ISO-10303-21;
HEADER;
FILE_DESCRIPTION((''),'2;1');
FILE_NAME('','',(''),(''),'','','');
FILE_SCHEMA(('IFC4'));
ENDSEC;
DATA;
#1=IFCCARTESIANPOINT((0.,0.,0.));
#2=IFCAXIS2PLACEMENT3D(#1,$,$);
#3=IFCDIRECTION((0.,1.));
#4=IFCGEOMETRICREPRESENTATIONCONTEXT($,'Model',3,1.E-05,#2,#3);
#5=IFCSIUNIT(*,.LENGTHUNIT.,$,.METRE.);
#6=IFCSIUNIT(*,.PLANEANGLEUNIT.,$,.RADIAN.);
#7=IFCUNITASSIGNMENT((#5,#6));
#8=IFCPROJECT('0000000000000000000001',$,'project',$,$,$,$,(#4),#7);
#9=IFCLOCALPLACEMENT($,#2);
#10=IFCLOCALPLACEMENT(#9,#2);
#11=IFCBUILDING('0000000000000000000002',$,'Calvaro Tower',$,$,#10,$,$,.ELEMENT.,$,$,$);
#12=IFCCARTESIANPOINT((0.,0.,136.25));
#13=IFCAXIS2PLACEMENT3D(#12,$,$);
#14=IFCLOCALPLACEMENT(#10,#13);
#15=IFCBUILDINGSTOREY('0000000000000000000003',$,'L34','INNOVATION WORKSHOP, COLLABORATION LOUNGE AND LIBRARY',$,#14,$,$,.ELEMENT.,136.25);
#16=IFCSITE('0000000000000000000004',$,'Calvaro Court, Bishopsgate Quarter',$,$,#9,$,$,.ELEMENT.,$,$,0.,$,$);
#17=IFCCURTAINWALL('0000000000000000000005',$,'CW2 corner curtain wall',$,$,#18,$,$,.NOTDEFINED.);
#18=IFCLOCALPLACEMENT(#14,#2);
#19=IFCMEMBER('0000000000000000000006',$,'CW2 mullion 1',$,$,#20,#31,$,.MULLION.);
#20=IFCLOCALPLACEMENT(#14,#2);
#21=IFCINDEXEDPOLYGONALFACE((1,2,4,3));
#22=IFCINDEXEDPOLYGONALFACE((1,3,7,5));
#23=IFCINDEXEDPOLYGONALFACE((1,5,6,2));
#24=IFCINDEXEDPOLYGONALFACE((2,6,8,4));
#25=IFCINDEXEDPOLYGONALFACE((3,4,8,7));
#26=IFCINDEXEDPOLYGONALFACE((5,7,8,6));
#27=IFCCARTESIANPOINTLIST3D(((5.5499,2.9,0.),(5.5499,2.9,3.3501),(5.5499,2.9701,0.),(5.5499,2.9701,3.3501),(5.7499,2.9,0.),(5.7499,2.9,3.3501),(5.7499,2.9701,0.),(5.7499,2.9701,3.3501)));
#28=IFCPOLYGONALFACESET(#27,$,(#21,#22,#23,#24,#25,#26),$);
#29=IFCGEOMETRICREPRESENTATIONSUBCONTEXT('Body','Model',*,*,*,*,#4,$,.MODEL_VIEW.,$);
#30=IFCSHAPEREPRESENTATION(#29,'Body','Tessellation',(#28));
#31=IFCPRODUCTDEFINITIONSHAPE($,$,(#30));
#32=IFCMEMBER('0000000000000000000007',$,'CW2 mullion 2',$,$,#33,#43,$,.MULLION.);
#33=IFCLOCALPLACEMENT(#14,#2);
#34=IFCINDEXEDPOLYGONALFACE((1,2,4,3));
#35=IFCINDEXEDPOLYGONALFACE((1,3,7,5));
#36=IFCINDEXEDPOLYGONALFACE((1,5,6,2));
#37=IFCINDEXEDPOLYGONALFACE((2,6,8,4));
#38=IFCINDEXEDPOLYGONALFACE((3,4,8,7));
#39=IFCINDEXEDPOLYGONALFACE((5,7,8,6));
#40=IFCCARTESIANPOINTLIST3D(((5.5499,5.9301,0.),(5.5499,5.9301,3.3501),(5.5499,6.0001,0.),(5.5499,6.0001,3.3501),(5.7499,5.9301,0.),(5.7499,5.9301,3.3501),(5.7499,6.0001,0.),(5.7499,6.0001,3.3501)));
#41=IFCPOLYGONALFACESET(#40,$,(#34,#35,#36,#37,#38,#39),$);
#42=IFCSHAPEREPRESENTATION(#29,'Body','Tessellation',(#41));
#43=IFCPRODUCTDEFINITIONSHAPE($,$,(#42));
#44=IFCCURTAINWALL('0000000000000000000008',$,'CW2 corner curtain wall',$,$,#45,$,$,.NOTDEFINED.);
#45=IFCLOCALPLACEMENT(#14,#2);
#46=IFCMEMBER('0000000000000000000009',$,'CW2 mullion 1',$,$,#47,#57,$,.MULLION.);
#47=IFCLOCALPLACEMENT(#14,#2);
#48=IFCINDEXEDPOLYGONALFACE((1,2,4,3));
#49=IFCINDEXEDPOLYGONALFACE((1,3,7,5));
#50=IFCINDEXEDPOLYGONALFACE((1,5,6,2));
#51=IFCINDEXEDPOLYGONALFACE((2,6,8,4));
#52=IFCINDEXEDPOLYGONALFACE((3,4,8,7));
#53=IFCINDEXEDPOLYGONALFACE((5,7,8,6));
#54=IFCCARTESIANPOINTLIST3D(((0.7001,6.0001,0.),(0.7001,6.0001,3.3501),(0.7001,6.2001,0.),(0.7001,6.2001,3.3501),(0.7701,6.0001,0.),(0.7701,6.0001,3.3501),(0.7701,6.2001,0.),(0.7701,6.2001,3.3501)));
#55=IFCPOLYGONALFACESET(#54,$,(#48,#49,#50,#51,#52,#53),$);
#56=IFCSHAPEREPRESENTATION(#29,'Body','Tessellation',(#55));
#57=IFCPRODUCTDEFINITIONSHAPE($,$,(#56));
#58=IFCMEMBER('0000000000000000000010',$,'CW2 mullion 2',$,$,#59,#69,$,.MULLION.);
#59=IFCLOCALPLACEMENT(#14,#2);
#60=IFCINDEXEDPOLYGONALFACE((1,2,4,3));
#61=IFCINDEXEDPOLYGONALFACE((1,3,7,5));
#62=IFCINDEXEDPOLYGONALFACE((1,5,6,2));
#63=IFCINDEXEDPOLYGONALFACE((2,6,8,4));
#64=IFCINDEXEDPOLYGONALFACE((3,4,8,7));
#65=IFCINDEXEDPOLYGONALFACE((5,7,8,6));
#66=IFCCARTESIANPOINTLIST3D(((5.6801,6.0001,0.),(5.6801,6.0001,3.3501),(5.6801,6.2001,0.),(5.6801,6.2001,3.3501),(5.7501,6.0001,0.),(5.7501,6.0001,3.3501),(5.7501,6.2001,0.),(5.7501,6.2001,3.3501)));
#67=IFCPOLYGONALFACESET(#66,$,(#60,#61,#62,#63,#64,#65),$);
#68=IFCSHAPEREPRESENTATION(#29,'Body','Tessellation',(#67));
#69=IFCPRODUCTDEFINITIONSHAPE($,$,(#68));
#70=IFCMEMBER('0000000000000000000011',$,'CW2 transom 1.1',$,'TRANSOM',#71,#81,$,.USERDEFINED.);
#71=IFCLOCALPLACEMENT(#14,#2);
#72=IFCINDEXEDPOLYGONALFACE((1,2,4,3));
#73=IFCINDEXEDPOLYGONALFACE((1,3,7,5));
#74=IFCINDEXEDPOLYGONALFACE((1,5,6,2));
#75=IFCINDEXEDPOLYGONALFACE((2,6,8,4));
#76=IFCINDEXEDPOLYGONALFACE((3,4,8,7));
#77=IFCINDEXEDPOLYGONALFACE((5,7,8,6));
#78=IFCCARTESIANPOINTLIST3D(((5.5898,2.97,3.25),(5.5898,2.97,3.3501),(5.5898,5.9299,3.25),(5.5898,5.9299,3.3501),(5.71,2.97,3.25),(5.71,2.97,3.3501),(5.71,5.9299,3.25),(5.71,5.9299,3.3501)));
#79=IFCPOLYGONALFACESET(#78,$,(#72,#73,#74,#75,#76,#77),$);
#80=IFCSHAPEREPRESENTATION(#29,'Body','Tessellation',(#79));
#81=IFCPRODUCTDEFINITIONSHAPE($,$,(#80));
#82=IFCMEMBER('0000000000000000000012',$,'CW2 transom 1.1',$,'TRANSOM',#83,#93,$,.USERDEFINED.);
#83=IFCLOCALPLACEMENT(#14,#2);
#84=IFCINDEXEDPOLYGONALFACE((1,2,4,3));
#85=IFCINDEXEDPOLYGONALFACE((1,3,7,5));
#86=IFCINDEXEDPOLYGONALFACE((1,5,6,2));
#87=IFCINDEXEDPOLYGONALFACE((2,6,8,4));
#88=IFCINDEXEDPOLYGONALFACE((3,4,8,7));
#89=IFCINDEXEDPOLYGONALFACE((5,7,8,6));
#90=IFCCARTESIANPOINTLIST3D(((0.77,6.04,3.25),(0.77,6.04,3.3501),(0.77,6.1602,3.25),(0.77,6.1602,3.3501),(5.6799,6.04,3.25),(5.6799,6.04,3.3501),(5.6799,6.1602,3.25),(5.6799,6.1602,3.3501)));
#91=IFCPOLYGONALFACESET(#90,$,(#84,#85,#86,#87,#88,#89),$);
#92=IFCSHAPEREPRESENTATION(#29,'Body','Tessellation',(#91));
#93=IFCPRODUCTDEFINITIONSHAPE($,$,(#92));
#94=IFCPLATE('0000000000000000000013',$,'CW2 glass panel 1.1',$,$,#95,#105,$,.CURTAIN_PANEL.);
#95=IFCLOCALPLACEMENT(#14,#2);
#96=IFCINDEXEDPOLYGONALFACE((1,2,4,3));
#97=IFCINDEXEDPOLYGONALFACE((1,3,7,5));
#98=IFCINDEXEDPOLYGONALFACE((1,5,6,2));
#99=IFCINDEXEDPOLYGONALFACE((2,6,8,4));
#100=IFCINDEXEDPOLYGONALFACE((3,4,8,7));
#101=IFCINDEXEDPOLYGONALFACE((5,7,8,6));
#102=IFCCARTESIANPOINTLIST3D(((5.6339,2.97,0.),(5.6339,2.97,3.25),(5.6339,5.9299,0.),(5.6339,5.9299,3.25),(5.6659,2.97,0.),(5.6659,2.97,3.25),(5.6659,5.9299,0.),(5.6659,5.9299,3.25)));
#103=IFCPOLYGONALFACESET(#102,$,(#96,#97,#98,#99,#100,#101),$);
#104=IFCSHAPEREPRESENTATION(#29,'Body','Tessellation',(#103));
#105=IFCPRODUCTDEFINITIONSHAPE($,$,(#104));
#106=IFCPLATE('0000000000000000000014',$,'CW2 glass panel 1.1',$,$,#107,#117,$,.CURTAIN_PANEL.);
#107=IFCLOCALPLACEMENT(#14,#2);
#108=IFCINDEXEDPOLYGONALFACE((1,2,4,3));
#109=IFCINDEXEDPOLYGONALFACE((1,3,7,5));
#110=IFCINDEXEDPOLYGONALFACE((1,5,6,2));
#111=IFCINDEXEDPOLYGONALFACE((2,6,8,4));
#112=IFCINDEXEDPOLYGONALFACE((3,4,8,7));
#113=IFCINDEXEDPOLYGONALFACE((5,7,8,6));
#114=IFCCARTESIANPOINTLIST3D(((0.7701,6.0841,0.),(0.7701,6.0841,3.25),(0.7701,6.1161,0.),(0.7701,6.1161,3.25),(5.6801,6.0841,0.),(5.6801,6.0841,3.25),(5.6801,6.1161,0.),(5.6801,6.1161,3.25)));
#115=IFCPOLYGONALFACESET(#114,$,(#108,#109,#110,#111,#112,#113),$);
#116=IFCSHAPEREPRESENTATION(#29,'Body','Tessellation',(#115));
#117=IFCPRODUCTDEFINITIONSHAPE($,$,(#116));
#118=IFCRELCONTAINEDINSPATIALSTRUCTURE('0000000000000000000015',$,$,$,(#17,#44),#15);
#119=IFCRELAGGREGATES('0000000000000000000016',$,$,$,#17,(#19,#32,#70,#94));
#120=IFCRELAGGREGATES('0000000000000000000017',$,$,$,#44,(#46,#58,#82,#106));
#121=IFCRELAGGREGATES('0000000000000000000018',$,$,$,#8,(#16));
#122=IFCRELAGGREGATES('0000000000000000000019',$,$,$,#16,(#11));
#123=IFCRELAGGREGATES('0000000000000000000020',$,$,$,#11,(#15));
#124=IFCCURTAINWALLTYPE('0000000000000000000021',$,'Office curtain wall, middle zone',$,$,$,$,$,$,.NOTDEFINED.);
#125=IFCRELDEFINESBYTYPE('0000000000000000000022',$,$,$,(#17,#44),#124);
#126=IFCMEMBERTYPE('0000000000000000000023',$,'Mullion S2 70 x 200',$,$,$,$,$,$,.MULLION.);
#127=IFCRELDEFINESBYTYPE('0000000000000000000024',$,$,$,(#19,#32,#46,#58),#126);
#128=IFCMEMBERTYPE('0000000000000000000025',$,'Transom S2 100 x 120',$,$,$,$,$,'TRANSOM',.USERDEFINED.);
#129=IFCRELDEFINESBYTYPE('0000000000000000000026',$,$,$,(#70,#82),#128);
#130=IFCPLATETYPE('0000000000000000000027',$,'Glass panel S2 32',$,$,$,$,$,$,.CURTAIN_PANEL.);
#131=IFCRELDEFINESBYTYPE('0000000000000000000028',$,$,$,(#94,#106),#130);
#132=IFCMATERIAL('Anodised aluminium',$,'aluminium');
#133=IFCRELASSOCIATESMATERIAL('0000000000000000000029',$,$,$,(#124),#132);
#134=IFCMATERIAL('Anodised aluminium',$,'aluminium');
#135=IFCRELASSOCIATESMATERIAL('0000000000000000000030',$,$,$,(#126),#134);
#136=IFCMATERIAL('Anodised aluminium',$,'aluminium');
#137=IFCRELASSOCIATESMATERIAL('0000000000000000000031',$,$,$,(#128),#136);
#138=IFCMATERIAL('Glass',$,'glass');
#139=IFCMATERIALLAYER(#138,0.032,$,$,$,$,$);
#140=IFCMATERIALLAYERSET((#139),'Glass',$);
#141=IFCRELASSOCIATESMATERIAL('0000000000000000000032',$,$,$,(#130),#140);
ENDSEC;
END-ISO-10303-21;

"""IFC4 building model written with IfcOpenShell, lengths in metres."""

from ifc_helpers import new_model, si_unit, direction, frame, origin, origin_2d, place, context, subcontext, project, spatial, rectangle, extrude, material, layer, layer_set, material_profile, profile_set, type_object, element, aggregate, save


model = new_model("IFC4")

# Units and contexts
model_context = context("Model", 3, precision=1e-05, world=origin(), true_north=direction((0.0, 1.0)))
body_context = subcontext(model_context, "Body", "Model", "MODEL_VIEW")
ifc_project = project(units=[si_unit("LENGTHUNIT", "METRE"), si_unit("PLANEANGLEUNIT", "RADIAN")], contexts=[model_context])

# Site, building, storey
site_placement = place(None, origin())
site = spatial("IfcSite", under=ifc_project, at=site_placement, Name="Calvaro Court, Bishopsgate Quarter", CompositionType="ELEMENT", RefElevation=0.0)
building_placement = place(site_placement, origin())
building = spatial("IfcBuilding", under=site, at=building_placement, Name="Calvaro Tower", CompositionType="ELEMENT")
storey_placement = place(building_placement, frame((0.0, 0.0, 136.25)))
storey = spatial("IfcBuildingStorey", under=building, at=storey_placement, Name="L34", Description="INNOVATION WORKSHOP, COLLABORATION LOUNGE AND LIBRARY", CompositionType="ELEMENT", Elevation=136.25)

# Curtain walls, members
ifc_material_1 = material(Name="Anodised aluminium", Category="aluminium")
curtain_wall_type = type_object("IfcCurtainWallType", Name="Office curtain wall, middle zone", PredefinedType="NOTDEFINED", material=ifc_material_1)
curtain_wall_1_placement = place(storey_placement, origin())
curtain_wall_1 = element("IfcCurtainWall", 1, at=curtain_wall_1_placement, inside=storey, type_object=curtain_wall_type, Name="CW2 corner curtain wall", PredefinedType="NOTDEFINED")
ifc_material_2 = material(Name="Anodised aluminium", Category="aluminium")
ifc_material_profile_1 = material_profile(ifc_material_2, rectangle(XDim=0.2, YDim=0.0701, at=origin_2d()), Name="Mullion S2 70 x 200")
ifc_profile_set_1 = profile_set([ifc_material_profile_1], Name="Anodised aluminium")
member_type_1 = type_object("IfcMemberType", Name="Mullion S2 70 x 200", PredefinedType="MULLION", material=ifc_profile_set_1)
member_1_placement = place(storey_placement, frame((5.6499, 2.9351, 0.0), z_axis=(0.0, 0.0, 1.0), x_axis=(-1.0, 0.0, 0.0)))
member_1 = element("IfcMember", 2, at=member_1_placement, type_object=member_type_1, Name="CW2 mullion 1", PredefinedType="MULLION", context=body_context, shape_type="SweptSolid", body=[
    extrude(rectangle(XDim=0.2, YDim=0.0701, at=origin_2d()), origin(), (0.0, 0.0, 1.0), 3.3501),
])
member_2_placement = place(storey_placement, frame((5.6499, 5.9651, 0.0), z_axis=(0.0, 0.0, 1.0), x_axis=(-1.0, 0.0, 0.0)))
member_2 = element("IfcMember", 3, at=member_2_placement, type_object=member_type_1, Name="CW2 mullion 2", PredefinedType="MULLION", context=body_context, shape_type="SweptSolid", body=[
    extrude(rectangle(XDim=0.2, YDim=0.0701, at=origin_2d()), origin(), (0.0, 0.0, 1.0), 3.3501),
])
curtain_wall_2_placement = place(storey_placement, origin())
curtain_wall_2 = element("IfcCurtainWall", 4, at=curtain_wall_2_placement, inside=storey, type_object=curtain_wall_type, Name="CW2 corner curtain wall", PredefinedType="NOTDEFINED")
member_3_placement = place(storey_placement, frame((0.7351, 6.1001, 0.0), z_axis=(0.0, 0.0, 1.0), x_axis=(0.0, 1.0, 0.0)))
member_3 = element("IfcMember", 5, at=member_3_placement, type_object=member_type_1, Name="CW2 mullion 1", PredefinedType="MULLION", context=body_context, shape_type="SweptSolid", body=[
    extrude(rectangle(XDim=0.2, YDim=0.0701, at=origin_2d()), origin(), (0.0, 0.0, 1.0), 3.3501),
])
member_4_placement = place(storey_placement, frame((5.7151, 6.1001, 0.0), z_axis=(0.0, 0.0, 1.0), x_axis=(0.0, 1.0, 0.0)))
member_4 = element("IfcMember", 6, at=member_4_placement, type_object=member_type_1, Name="CW2 mullion 2", PredefinedType="MULLION", context=body_context, shape_type="SweptSolid", body=[
    extrude(rectangle(XDim=0.2, YDim=0.0701, at=origin_2d()), origin(), (0.0, 0.0, 1.0), 3.3501),
])

# Members
ifc_material_3 = material(Name="Anodised aluminium", Category="aluminium")
ifc_material_profile_2 = material_profile(ifc_material_3, rectangle(XDim=0.1201, YDim=0.1001, at=origin_2d()), Name="Transom S2 100 x 120")
ifc_profile_set_2 = profile_set([ifc_material_profile_2], Name="Anodised aluminium")
member_type_2 = type_object("IfcMemberType", Name="Transom S2 100 x 120", ElementType="TRANSOM", PredefinedType="USERDEFINED", material=ifc_profile_set_2)
member_5_placement = place(storey_placement, frame((5.6499, 2.97, 3.3), z_axis=(0.0, 1.0, 0.0), x_axis=(-1.0, 0.0, 0.0)))
member_5 = element("IfcMember", 7, at=member_5_placement, type_object=member_type_2, Name="CW2 transom 1.1", ObjectType="TRANSOM", PredefinedType="USERDEFINED", context=body_context, shape_type="SweptSolid", body=[
    extrude(rectangle(XDim=0.1201, YDim=0.1001, at=origin_2d()), origin(), (0.0, 0.0, 1.0), 2.96),
])
member_6_placement = place(storey_placement, frame((0.77, 6.1001, 3.3), z_axis=(1.0, 0.0, 0.0), x_axis=(0.0, 1.0, 0.0)))
member_6 = element("IfcMember", 8, at=member_6_placement, type_object=member_type_2, Name="CW2 transom 1.1", ObjectType="TRANSOM", PredefinedType="USERDEFINED", context=body_context, shape_type="SweptSolid", body=[
    extrude(rectangle(XDim=0.1201, YDim=0.1001, at=origin_2d()), origin(), (0.0, 0.0, 1.0), 4.9099),
])

# Plates
ifc_material_4 = material(Name="Glass", Category="glass")
ifc_layer_1 = layer(ifc_material_4, 0.032)
ifc_layer_set_1 = layer_set([ifc_layer_1], Name="Glass")
plate_type = type_object("IfcPlateType", Name="Glass panel S2 32", PredefinedType="CURTAIN_PANEL", material=ifc_layer_set_1)
plate_1_placement = place(storey_placement, frame((5.6499, 4.45, 0.0), z_axis=(0.0, 0.0, 1.0), x_axis=(0.0, 1.0, 0.0)))
plate_1 = element("IfcPlate", 9, at=plate_1_placement, type_object=plate_type, Name="CW2 glass panel 1.1", PredefinedType="CURTAIN_PANEL", context=body_context, shape_type="SweptSolid", body=[
    extrude(rectangle(XDim=2.96, YDim=0.032, at=origin_2d()), origin(), (0.0, 0.0, 1.0), 3.25),
])
aggregate(curtain_wall_1, [member_1, member_2, member_5, plate_1])
plate_2_placement = place(storey_placement, frame((3.2251, 6.1001, 0.0), z_axis=(0.0, 0.0, 1.0), x_axis=(1.0, 0.0, 0.0)))
plate_2 = element("IfcPlate", 10, at=plate_2_placement, type_object=plate_type, Name="CW2 glass panel 1.1", PredefinedType="CURTAIN_PANEL", context=body_context, shape_type="SweptSolid", body=[
    extrude(rectangle(XDim=4.9099, YDim=0.032, at=origin_2d()), origin(), (0.0, 0.0, 1.0), 3.25),
])
aggregate(curtain_wall_2, [member_3, member_4, member_6, plate_2])

save(model, "model.ifc")
